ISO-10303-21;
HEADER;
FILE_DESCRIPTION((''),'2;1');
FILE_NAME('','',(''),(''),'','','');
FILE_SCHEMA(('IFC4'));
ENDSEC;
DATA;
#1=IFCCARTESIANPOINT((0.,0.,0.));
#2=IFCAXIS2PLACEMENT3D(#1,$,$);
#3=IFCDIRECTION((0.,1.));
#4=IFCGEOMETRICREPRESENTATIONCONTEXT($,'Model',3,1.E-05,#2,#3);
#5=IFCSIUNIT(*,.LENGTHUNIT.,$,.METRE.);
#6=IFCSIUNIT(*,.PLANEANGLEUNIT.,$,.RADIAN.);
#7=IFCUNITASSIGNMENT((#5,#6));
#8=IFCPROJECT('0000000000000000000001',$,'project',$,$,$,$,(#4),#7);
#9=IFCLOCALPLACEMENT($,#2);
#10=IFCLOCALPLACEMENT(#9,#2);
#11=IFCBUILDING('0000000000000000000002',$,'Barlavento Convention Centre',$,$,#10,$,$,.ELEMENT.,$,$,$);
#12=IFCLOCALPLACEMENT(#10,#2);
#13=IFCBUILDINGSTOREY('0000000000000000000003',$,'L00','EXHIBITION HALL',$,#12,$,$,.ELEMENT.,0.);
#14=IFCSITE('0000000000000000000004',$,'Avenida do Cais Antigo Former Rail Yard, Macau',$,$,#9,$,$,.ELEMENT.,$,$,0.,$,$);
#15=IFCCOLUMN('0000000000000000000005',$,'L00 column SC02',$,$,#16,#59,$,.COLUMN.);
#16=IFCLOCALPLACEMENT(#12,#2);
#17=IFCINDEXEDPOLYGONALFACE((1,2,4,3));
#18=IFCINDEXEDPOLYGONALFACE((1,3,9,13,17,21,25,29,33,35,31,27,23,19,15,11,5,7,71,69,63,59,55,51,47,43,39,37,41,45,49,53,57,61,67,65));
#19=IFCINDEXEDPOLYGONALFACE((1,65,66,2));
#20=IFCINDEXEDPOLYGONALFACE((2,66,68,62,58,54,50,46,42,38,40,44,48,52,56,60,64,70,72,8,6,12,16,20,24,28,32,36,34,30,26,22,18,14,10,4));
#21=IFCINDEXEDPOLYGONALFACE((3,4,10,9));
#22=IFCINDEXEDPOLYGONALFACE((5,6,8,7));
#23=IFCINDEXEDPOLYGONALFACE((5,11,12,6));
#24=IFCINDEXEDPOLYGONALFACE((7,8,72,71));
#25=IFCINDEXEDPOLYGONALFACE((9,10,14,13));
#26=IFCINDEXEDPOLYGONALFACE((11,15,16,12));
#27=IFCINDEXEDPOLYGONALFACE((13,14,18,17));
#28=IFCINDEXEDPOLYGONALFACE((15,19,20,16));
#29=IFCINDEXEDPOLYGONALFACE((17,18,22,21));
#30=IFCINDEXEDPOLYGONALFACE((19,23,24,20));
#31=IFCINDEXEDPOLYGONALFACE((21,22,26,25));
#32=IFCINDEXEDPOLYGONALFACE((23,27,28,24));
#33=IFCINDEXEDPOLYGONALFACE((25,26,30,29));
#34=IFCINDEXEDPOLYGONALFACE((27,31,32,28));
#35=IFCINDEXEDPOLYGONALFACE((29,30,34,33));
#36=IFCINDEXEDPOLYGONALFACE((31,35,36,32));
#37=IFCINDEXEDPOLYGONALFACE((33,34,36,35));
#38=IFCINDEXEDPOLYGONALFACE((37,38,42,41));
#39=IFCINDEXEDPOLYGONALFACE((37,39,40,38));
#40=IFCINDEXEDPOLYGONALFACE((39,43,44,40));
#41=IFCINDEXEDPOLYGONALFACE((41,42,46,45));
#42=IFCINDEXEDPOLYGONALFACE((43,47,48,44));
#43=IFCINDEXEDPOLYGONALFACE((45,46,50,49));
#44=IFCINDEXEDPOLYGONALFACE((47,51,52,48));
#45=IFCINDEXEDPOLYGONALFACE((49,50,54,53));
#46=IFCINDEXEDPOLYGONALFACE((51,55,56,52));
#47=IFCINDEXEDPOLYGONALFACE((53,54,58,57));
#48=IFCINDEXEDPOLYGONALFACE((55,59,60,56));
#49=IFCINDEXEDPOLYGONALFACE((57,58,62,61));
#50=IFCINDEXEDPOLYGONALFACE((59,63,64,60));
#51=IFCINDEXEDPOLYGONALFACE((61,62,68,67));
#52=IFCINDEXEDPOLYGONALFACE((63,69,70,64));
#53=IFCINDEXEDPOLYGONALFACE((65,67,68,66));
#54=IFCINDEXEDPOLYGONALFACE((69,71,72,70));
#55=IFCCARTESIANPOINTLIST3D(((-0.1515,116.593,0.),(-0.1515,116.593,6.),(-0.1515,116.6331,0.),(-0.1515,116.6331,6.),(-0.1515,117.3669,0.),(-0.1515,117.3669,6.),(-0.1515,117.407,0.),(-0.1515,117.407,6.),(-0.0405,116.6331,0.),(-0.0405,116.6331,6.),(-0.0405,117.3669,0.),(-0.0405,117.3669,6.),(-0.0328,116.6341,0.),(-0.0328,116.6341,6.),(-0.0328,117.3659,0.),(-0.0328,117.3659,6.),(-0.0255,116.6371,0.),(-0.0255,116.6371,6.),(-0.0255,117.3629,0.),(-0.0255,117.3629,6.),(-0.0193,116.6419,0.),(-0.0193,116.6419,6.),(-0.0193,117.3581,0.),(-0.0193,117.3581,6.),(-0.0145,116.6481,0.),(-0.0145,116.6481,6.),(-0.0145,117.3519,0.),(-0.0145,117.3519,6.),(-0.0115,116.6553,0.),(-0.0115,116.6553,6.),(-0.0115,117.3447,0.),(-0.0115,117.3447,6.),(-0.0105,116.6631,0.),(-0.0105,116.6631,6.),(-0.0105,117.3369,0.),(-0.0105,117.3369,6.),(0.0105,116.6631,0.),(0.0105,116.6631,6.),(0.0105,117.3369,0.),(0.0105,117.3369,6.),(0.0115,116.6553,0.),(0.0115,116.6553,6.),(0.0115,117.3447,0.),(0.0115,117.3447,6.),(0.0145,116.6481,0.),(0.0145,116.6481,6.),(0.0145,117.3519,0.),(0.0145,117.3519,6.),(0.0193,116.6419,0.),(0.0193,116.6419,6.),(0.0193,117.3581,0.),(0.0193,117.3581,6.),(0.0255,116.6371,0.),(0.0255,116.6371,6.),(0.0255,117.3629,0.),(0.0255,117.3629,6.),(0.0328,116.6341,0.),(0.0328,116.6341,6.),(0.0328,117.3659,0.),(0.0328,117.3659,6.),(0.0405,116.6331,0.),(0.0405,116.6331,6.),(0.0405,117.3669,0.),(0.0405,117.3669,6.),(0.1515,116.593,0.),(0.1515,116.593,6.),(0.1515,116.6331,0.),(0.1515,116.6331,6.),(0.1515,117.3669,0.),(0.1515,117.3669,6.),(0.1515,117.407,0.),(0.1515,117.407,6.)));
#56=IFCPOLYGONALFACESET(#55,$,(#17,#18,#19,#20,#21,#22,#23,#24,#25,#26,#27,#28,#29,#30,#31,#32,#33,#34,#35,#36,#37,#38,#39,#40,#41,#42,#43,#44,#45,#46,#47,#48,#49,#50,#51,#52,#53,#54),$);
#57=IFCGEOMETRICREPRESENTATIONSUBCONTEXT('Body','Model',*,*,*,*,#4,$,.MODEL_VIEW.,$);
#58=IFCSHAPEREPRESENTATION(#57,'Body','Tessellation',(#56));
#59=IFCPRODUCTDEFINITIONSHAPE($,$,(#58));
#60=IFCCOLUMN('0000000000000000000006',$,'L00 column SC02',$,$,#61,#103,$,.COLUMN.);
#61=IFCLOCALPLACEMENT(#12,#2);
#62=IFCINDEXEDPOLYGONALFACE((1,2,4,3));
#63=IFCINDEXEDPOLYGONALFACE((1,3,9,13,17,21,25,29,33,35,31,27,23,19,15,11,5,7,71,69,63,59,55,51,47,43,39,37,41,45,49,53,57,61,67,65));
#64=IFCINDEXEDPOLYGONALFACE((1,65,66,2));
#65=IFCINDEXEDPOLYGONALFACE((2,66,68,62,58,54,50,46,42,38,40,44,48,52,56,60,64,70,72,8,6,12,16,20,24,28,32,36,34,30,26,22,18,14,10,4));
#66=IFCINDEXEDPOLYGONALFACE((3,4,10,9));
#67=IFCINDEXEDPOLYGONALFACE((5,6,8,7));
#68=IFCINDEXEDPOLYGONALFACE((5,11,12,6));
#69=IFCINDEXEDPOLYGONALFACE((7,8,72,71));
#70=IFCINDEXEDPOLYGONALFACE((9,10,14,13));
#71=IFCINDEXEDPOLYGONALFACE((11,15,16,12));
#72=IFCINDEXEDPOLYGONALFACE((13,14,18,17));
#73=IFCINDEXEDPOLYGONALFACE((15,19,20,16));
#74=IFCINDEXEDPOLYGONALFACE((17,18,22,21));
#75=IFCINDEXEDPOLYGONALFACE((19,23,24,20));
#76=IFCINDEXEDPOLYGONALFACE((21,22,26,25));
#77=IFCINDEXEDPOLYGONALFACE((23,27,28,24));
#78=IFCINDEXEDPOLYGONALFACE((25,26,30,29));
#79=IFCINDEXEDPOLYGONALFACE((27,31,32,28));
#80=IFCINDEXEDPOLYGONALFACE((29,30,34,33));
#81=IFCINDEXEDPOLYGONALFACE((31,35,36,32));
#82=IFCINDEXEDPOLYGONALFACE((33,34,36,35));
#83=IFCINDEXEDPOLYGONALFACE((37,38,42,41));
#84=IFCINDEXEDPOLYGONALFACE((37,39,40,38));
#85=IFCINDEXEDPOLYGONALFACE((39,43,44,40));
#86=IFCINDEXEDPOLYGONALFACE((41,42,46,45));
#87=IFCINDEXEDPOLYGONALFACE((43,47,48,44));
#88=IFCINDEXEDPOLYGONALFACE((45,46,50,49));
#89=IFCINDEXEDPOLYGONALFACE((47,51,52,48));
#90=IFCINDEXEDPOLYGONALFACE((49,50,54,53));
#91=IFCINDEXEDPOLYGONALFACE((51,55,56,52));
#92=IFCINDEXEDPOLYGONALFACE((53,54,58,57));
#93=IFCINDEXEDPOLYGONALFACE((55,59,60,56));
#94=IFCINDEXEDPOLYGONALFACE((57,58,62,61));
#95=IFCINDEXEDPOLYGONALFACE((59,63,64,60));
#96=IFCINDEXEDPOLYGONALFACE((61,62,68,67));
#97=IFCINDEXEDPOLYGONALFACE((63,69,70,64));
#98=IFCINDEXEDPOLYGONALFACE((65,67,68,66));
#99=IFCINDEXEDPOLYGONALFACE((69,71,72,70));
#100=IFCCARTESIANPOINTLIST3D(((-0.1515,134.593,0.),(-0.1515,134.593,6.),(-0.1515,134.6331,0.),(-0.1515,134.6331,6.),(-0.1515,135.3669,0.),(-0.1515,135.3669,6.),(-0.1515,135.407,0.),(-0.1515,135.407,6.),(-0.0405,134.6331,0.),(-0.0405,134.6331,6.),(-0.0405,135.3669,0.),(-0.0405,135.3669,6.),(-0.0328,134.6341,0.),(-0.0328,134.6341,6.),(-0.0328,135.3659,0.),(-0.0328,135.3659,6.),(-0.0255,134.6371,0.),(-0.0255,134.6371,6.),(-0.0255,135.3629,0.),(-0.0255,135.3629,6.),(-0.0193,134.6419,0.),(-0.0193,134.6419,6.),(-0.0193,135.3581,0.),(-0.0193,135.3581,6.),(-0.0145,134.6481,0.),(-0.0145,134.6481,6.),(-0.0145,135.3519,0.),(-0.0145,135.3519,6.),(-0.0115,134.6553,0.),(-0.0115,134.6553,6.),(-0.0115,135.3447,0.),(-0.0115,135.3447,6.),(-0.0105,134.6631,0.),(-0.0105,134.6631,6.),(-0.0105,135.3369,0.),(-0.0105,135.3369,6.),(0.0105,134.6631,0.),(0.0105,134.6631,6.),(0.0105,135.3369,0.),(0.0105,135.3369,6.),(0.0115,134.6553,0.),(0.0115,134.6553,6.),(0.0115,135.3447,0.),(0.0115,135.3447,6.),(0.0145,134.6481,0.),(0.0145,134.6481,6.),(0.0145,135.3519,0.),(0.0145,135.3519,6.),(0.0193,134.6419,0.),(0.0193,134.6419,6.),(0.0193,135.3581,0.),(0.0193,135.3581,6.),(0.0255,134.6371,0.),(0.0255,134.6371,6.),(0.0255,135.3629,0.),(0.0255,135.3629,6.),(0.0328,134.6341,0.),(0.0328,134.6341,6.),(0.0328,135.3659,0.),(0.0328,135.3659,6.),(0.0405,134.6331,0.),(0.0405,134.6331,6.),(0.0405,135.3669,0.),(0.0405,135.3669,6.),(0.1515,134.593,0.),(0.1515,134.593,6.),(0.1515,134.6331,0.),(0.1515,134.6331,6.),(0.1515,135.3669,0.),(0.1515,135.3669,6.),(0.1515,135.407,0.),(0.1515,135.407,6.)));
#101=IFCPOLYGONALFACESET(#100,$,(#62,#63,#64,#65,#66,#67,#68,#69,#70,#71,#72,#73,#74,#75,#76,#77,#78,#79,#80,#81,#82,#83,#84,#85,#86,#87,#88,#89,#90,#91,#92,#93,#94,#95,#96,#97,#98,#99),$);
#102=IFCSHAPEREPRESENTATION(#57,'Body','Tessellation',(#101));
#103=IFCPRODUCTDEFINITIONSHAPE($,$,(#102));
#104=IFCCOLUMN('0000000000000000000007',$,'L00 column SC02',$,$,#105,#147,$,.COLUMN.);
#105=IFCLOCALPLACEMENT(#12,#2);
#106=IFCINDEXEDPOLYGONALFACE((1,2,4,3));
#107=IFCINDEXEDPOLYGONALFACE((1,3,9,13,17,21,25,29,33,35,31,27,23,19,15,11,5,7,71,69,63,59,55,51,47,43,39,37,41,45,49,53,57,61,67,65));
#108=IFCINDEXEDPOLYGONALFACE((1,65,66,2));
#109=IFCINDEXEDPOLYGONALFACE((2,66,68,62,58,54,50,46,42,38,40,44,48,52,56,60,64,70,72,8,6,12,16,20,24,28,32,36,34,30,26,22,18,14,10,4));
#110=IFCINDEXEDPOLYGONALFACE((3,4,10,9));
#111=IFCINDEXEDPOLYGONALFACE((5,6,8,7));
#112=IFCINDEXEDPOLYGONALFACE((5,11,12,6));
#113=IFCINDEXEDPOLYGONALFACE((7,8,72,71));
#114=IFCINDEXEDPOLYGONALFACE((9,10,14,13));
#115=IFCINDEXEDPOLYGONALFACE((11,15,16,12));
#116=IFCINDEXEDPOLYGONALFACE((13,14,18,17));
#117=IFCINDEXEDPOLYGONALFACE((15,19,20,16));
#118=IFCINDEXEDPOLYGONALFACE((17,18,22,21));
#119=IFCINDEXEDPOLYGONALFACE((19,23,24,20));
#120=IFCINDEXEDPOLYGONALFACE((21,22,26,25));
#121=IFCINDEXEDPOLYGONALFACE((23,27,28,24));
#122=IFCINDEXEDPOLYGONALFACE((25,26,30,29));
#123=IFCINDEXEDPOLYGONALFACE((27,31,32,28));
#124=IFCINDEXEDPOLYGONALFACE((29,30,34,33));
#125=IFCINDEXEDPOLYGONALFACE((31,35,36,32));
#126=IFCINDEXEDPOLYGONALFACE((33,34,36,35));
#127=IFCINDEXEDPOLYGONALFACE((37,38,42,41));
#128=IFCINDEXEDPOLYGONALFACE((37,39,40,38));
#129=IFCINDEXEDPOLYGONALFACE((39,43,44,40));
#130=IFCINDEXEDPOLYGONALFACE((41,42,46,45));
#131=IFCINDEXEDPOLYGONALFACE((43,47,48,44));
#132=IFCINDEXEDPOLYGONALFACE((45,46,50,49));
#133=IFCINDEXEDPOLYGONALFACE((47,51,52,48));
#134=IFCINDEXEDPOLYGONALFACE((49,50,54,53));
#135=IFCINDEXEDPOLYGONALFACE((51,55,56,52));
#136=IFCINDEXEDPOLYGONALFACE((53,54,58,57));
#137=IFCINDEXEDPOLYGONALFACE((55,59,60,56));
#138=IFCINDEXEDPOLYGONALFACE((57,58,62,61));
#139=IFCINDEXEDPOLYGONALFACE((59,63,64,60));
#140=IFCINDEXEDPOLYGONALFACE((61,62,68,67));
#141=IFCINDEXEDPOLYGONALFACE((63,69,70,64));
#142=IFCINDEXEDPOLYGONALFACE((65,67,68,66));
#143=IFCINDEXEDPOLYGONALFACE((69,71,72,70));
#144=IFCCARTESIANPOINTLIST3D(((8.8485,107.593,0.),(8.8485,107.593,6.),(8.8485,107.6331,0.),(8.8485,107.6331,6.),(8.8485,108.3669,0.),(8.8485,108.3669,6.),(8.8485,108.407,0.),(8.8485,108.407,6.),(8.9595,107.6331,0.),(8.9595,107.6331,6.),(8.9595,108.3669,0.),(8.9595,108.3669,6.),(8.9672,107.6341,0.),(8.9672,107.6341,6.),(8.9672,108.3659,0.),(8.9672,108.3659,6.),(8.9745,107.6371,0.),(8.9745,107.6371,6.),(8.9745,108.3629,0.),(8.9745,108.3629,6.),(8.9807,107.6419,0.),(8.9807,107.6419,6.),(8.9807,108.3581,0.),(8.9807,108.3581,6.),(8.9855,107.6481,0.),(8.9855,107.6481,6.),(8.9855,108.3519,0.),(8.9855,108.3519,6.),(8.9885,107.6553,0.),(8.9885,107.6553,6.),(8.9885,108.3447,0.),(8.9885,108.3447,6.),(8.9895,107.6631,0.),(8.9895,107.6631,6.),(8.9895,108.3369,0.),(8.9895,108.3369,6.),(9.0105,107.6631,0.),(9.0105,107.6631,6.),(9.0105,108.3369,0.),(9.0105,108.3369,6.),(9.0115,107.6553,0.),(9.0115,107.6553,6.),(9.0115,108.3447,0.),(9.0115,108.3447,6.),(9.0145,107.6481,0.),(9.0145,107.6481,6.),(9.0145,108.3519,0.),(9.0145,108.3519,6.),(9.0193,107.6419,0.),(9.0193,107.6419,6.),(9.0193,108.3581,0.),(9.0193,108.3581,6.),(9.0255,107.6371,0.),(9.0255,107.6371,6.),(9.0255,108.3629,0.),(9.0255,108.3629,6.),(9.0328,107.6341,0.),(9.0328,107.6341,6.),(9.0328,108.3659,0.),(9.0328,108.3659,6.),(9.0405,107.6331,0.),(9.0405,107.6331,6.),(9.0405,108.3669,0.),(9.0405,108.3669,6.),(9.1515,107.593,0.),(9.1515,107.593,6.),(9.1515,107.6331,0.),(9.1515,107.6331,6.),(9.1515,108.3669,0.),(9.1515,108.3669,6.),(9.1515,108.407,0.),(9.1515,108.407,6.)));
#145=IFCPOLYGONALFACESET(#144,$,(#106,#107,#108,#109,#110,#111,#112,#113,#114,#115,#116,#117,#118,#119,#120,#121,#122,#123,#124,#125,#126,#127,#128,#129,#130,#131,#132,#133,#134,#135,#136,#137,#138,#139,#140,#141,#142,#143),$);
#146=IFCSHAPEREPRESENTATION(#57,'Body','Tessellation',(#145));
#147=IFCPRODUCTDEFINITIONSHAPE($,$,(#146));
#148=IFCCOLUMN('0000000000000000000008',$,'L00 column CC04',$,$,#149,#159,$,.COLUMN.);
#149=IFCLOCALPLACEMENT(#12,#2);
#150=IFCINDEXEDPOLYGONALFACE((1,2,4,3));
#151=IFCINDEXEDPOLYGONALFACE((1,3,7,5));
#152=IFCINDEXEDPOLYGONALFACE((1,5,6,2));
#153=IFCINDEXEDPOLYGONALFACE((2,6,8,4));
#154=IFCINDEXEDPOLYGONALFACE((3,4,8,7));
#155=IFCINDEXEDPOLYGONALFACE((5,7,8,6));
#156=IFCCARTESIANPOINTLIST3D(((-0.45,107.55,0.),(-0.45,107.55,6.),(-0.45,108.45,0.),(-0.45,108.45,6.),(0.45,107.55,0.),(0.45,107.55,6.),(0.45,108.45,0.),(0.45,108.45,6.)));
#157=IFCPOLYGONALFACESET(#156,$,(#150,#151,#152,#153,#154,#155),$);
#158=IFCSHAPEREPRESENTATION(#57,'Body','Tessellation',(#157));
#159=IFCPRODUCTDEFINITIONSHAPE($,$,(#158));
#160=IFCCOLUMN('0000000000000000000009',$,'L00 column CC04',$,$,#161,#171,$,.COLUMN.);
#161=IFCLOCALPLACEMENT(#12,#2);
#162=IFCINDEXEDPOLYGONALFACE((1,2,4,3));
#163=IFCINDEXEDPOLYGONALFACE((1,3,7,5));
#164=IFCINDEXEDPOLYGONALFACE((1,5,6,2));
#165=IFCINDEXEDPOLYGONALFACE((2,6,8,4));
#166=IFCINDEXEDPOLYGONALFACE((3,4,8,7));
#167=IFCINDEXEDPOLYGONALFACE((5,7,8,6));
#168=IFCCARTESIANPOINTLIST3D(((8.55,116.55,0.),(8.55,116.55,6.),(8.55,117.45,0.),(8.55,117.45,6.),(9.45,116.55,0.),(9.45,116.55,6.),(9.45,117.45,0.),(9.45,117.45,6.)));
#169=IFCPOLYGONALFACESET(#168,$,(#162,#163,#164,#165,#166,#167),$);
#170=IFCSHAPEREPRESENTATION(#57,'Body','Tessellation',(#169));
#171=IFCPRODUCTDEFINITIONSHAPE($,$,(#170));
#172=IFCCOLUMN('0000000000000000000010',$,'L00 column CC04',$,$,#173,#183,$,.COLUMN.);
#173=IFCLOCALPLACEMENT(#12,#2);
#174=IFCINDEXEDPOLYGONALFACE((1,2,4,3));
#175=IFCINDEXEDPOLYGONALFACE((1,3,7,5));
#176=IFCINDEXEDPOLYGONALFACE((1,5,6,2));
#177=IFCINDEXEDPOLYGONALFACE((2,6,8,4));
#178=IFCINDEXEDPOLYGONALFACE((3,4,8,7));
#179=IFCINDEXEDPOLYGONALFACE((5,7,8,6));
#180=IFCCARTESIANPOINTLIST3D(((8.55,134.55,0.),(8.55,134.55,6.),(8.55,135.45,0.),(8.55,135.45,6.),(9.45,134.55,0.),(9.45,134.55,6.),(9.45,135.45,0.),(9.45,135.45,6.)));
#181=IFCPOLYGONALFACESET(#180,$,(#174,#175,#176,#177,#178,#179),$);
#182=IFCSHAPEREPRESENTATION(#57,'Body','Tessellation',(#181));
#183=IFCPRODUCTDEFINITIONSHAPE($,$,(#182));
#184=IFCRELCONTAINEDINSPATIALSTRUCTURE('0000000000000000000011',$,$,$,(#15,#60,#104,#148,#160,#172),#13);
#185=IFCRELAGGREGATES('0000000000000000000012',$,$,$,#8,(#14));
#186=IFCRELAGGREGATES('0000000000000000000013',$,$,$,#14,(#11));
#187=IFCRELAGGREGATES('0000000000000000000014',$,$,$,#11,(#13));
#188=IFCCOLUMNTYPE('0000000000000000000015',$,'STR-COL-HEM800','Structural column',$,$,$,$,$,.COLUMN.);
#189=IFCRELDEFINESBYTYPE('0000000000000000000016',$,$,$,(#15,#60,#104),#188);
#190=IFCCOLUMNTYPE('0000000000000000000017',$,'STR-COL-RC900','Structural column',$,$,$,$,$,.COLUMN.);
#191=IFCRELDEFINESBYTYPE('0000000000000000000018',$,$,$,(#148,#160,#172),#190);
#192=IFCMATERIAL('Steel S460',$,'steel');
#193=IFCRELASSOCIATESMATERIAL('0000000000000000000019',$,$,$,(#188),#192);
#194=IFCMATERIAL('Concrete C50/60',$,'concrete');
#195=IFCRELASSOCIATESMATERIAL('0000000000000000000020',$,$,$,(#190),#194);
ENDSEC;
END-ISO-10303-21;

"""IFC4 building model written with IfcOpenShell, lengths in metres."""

from ifc_helpers import new_model, si_unit, direction, frame, origin, origin_2d, place, context, subcontext, project, spatial, rectangle, i_section, extrude, material, material_profile, profile_set, type_object, element, save


model = new_model("IFC4")

# Units and contexts
model_context = context("Model", 3, precision=1e-05, world=origin(), true_north=direction((0.0, 1.0)))
body_context = subcontext(model_context, "Body", "Model", "MODEL_VIEW")
ifc_project = project(units=[si_unit("LENGTHUNIT", "METRE"), si_unit("PLANEANGLEUNIT", "RADIAN")], contexts=[model_context])

# Site, building, storey
site_placement = place(None, origin())
site = spatial("IfcSite", under=ifc_project, at=site_placement, Name="Avenida do Cais Antigo Former Rail Yard, Macau", CompositionType="ELEMENT", RefElevation=0.0)
building_placement = place(site_placement, origin())
building = spatial("IfcBuilding", under=site, at=building_placement, Name="Barlavento Convention Centre", CompositionType="ELEMENT")
storey_placement = place(building_placement, origin())
storey = spatial("IfcBuildingStorey", under=building, at=storey_placement, Name="L00", Description="EXHIBITION HALL", CompositionType="ELEMENT", Elevation=0.0)

# Columns
ifc_material_1 = material(Name="Steel S460", Category="steel")
ifc_material_profile_1 = material_profile(ifc_material_1, i_section(OverallWidth=0.303, OverallDepth=0.814, WebThickness=0.021, FlangeThickness=0.04, FilletRadius=0.03, at=origin_2d()), Name="HEM 800")
ifc_profile_set_1 = profile_set([ifc_material_profile_1], Name="Steel S460")
column_type_1 = type_object("IfcColumnType", Name="STR-COL-HEM800", Description="Structural column", PredefinedType="COLUMN", material=ifc_profile_set_1)
for number, where, z_axis, x_axis, name in (
    (1, (0.0, 117.0, 0.0), (0.0, 0.0, 1.0), (1.0, 0.0, 0.0), "L00 column SC02"),
    (2, (0.0, 135.0, 0.0), (0.0, 0.0, 1.0), (1.0, 0.0, 0.0), "L00 column SC02"),
    (3, (9.0, 108.0, 0.0), (0.0, 0.0, 1.0), (1.0, 0.0, 0.0), "L00 column SC02"),
):
    element("IfcColumn", number, at=place(storey_placement, frame(where, z_axis=z_axis, x_axis=x_axis)), inside=storey, type_object=column_type_1, Name=name, PredefinedType="COLUMN", context=body_context, shape_type="SweptSolid", body=[
        extrude(i_section(OverallWidth=0.303, OverallDepth=0.814, WebThickness=0.021, FlangeThickness=0.04, FilletRadius=0.03, at=origin_2d()), origin(), (0.0, 0.0, 1.0), 6.0),
    ])
ifc_material_2 = material(Name="Concrete C50/60", Category="concrete")
ifc_material_profile_2 = material_profile(ifc_material_2, rectangle(XDim=0.8999, YDim=0.8999, at=origin_2d()), Name="RC 900x900")
ifc_profile_set_2 = profile_set([ifc_material_profile_2], Name="Concrete C50/60")
column_type_2 = type_object("IfcColumnType", Name="STR-COL-RC900", Description="Structural column", PredefinedType="COLUMN", material=ifc_profile_set_2)
for number, where, z_axis, x_axis, name in (
    (4, (0.0, 108.0, 0.0), (0.0, 0.0, 1.0), (1.0, 0.0, 0.0), "L00 column CC04"),
    (5, (9.0, 117.0, 0.0), (0.0, 0.0, 1.0), (1.0, 0.0, 0.0), "L00 column CC04"),
    (6, (9.0, 135.0, 0.0), (0.0, 0.0, 1.0), (1.0, 0.0, 0.0), "L00 column CC04"),
):
    element("IfcColumn", number, at=place(storey_placement, frame(where, z_axis=z_axis, x_axis=x_axis)), inside=storey, type_object=column_type_2, Name=name, PredefinedType="COLUMN", context=body_context, shape_type="SweptSolid", body=[
        extrude(rectangle(XDim=0.8999, YDim=0.8999, at=origin_2d()), origin(), (0.0, 0.0, 1.0), 6.0),
    ])

save(model, "model.ifc")
